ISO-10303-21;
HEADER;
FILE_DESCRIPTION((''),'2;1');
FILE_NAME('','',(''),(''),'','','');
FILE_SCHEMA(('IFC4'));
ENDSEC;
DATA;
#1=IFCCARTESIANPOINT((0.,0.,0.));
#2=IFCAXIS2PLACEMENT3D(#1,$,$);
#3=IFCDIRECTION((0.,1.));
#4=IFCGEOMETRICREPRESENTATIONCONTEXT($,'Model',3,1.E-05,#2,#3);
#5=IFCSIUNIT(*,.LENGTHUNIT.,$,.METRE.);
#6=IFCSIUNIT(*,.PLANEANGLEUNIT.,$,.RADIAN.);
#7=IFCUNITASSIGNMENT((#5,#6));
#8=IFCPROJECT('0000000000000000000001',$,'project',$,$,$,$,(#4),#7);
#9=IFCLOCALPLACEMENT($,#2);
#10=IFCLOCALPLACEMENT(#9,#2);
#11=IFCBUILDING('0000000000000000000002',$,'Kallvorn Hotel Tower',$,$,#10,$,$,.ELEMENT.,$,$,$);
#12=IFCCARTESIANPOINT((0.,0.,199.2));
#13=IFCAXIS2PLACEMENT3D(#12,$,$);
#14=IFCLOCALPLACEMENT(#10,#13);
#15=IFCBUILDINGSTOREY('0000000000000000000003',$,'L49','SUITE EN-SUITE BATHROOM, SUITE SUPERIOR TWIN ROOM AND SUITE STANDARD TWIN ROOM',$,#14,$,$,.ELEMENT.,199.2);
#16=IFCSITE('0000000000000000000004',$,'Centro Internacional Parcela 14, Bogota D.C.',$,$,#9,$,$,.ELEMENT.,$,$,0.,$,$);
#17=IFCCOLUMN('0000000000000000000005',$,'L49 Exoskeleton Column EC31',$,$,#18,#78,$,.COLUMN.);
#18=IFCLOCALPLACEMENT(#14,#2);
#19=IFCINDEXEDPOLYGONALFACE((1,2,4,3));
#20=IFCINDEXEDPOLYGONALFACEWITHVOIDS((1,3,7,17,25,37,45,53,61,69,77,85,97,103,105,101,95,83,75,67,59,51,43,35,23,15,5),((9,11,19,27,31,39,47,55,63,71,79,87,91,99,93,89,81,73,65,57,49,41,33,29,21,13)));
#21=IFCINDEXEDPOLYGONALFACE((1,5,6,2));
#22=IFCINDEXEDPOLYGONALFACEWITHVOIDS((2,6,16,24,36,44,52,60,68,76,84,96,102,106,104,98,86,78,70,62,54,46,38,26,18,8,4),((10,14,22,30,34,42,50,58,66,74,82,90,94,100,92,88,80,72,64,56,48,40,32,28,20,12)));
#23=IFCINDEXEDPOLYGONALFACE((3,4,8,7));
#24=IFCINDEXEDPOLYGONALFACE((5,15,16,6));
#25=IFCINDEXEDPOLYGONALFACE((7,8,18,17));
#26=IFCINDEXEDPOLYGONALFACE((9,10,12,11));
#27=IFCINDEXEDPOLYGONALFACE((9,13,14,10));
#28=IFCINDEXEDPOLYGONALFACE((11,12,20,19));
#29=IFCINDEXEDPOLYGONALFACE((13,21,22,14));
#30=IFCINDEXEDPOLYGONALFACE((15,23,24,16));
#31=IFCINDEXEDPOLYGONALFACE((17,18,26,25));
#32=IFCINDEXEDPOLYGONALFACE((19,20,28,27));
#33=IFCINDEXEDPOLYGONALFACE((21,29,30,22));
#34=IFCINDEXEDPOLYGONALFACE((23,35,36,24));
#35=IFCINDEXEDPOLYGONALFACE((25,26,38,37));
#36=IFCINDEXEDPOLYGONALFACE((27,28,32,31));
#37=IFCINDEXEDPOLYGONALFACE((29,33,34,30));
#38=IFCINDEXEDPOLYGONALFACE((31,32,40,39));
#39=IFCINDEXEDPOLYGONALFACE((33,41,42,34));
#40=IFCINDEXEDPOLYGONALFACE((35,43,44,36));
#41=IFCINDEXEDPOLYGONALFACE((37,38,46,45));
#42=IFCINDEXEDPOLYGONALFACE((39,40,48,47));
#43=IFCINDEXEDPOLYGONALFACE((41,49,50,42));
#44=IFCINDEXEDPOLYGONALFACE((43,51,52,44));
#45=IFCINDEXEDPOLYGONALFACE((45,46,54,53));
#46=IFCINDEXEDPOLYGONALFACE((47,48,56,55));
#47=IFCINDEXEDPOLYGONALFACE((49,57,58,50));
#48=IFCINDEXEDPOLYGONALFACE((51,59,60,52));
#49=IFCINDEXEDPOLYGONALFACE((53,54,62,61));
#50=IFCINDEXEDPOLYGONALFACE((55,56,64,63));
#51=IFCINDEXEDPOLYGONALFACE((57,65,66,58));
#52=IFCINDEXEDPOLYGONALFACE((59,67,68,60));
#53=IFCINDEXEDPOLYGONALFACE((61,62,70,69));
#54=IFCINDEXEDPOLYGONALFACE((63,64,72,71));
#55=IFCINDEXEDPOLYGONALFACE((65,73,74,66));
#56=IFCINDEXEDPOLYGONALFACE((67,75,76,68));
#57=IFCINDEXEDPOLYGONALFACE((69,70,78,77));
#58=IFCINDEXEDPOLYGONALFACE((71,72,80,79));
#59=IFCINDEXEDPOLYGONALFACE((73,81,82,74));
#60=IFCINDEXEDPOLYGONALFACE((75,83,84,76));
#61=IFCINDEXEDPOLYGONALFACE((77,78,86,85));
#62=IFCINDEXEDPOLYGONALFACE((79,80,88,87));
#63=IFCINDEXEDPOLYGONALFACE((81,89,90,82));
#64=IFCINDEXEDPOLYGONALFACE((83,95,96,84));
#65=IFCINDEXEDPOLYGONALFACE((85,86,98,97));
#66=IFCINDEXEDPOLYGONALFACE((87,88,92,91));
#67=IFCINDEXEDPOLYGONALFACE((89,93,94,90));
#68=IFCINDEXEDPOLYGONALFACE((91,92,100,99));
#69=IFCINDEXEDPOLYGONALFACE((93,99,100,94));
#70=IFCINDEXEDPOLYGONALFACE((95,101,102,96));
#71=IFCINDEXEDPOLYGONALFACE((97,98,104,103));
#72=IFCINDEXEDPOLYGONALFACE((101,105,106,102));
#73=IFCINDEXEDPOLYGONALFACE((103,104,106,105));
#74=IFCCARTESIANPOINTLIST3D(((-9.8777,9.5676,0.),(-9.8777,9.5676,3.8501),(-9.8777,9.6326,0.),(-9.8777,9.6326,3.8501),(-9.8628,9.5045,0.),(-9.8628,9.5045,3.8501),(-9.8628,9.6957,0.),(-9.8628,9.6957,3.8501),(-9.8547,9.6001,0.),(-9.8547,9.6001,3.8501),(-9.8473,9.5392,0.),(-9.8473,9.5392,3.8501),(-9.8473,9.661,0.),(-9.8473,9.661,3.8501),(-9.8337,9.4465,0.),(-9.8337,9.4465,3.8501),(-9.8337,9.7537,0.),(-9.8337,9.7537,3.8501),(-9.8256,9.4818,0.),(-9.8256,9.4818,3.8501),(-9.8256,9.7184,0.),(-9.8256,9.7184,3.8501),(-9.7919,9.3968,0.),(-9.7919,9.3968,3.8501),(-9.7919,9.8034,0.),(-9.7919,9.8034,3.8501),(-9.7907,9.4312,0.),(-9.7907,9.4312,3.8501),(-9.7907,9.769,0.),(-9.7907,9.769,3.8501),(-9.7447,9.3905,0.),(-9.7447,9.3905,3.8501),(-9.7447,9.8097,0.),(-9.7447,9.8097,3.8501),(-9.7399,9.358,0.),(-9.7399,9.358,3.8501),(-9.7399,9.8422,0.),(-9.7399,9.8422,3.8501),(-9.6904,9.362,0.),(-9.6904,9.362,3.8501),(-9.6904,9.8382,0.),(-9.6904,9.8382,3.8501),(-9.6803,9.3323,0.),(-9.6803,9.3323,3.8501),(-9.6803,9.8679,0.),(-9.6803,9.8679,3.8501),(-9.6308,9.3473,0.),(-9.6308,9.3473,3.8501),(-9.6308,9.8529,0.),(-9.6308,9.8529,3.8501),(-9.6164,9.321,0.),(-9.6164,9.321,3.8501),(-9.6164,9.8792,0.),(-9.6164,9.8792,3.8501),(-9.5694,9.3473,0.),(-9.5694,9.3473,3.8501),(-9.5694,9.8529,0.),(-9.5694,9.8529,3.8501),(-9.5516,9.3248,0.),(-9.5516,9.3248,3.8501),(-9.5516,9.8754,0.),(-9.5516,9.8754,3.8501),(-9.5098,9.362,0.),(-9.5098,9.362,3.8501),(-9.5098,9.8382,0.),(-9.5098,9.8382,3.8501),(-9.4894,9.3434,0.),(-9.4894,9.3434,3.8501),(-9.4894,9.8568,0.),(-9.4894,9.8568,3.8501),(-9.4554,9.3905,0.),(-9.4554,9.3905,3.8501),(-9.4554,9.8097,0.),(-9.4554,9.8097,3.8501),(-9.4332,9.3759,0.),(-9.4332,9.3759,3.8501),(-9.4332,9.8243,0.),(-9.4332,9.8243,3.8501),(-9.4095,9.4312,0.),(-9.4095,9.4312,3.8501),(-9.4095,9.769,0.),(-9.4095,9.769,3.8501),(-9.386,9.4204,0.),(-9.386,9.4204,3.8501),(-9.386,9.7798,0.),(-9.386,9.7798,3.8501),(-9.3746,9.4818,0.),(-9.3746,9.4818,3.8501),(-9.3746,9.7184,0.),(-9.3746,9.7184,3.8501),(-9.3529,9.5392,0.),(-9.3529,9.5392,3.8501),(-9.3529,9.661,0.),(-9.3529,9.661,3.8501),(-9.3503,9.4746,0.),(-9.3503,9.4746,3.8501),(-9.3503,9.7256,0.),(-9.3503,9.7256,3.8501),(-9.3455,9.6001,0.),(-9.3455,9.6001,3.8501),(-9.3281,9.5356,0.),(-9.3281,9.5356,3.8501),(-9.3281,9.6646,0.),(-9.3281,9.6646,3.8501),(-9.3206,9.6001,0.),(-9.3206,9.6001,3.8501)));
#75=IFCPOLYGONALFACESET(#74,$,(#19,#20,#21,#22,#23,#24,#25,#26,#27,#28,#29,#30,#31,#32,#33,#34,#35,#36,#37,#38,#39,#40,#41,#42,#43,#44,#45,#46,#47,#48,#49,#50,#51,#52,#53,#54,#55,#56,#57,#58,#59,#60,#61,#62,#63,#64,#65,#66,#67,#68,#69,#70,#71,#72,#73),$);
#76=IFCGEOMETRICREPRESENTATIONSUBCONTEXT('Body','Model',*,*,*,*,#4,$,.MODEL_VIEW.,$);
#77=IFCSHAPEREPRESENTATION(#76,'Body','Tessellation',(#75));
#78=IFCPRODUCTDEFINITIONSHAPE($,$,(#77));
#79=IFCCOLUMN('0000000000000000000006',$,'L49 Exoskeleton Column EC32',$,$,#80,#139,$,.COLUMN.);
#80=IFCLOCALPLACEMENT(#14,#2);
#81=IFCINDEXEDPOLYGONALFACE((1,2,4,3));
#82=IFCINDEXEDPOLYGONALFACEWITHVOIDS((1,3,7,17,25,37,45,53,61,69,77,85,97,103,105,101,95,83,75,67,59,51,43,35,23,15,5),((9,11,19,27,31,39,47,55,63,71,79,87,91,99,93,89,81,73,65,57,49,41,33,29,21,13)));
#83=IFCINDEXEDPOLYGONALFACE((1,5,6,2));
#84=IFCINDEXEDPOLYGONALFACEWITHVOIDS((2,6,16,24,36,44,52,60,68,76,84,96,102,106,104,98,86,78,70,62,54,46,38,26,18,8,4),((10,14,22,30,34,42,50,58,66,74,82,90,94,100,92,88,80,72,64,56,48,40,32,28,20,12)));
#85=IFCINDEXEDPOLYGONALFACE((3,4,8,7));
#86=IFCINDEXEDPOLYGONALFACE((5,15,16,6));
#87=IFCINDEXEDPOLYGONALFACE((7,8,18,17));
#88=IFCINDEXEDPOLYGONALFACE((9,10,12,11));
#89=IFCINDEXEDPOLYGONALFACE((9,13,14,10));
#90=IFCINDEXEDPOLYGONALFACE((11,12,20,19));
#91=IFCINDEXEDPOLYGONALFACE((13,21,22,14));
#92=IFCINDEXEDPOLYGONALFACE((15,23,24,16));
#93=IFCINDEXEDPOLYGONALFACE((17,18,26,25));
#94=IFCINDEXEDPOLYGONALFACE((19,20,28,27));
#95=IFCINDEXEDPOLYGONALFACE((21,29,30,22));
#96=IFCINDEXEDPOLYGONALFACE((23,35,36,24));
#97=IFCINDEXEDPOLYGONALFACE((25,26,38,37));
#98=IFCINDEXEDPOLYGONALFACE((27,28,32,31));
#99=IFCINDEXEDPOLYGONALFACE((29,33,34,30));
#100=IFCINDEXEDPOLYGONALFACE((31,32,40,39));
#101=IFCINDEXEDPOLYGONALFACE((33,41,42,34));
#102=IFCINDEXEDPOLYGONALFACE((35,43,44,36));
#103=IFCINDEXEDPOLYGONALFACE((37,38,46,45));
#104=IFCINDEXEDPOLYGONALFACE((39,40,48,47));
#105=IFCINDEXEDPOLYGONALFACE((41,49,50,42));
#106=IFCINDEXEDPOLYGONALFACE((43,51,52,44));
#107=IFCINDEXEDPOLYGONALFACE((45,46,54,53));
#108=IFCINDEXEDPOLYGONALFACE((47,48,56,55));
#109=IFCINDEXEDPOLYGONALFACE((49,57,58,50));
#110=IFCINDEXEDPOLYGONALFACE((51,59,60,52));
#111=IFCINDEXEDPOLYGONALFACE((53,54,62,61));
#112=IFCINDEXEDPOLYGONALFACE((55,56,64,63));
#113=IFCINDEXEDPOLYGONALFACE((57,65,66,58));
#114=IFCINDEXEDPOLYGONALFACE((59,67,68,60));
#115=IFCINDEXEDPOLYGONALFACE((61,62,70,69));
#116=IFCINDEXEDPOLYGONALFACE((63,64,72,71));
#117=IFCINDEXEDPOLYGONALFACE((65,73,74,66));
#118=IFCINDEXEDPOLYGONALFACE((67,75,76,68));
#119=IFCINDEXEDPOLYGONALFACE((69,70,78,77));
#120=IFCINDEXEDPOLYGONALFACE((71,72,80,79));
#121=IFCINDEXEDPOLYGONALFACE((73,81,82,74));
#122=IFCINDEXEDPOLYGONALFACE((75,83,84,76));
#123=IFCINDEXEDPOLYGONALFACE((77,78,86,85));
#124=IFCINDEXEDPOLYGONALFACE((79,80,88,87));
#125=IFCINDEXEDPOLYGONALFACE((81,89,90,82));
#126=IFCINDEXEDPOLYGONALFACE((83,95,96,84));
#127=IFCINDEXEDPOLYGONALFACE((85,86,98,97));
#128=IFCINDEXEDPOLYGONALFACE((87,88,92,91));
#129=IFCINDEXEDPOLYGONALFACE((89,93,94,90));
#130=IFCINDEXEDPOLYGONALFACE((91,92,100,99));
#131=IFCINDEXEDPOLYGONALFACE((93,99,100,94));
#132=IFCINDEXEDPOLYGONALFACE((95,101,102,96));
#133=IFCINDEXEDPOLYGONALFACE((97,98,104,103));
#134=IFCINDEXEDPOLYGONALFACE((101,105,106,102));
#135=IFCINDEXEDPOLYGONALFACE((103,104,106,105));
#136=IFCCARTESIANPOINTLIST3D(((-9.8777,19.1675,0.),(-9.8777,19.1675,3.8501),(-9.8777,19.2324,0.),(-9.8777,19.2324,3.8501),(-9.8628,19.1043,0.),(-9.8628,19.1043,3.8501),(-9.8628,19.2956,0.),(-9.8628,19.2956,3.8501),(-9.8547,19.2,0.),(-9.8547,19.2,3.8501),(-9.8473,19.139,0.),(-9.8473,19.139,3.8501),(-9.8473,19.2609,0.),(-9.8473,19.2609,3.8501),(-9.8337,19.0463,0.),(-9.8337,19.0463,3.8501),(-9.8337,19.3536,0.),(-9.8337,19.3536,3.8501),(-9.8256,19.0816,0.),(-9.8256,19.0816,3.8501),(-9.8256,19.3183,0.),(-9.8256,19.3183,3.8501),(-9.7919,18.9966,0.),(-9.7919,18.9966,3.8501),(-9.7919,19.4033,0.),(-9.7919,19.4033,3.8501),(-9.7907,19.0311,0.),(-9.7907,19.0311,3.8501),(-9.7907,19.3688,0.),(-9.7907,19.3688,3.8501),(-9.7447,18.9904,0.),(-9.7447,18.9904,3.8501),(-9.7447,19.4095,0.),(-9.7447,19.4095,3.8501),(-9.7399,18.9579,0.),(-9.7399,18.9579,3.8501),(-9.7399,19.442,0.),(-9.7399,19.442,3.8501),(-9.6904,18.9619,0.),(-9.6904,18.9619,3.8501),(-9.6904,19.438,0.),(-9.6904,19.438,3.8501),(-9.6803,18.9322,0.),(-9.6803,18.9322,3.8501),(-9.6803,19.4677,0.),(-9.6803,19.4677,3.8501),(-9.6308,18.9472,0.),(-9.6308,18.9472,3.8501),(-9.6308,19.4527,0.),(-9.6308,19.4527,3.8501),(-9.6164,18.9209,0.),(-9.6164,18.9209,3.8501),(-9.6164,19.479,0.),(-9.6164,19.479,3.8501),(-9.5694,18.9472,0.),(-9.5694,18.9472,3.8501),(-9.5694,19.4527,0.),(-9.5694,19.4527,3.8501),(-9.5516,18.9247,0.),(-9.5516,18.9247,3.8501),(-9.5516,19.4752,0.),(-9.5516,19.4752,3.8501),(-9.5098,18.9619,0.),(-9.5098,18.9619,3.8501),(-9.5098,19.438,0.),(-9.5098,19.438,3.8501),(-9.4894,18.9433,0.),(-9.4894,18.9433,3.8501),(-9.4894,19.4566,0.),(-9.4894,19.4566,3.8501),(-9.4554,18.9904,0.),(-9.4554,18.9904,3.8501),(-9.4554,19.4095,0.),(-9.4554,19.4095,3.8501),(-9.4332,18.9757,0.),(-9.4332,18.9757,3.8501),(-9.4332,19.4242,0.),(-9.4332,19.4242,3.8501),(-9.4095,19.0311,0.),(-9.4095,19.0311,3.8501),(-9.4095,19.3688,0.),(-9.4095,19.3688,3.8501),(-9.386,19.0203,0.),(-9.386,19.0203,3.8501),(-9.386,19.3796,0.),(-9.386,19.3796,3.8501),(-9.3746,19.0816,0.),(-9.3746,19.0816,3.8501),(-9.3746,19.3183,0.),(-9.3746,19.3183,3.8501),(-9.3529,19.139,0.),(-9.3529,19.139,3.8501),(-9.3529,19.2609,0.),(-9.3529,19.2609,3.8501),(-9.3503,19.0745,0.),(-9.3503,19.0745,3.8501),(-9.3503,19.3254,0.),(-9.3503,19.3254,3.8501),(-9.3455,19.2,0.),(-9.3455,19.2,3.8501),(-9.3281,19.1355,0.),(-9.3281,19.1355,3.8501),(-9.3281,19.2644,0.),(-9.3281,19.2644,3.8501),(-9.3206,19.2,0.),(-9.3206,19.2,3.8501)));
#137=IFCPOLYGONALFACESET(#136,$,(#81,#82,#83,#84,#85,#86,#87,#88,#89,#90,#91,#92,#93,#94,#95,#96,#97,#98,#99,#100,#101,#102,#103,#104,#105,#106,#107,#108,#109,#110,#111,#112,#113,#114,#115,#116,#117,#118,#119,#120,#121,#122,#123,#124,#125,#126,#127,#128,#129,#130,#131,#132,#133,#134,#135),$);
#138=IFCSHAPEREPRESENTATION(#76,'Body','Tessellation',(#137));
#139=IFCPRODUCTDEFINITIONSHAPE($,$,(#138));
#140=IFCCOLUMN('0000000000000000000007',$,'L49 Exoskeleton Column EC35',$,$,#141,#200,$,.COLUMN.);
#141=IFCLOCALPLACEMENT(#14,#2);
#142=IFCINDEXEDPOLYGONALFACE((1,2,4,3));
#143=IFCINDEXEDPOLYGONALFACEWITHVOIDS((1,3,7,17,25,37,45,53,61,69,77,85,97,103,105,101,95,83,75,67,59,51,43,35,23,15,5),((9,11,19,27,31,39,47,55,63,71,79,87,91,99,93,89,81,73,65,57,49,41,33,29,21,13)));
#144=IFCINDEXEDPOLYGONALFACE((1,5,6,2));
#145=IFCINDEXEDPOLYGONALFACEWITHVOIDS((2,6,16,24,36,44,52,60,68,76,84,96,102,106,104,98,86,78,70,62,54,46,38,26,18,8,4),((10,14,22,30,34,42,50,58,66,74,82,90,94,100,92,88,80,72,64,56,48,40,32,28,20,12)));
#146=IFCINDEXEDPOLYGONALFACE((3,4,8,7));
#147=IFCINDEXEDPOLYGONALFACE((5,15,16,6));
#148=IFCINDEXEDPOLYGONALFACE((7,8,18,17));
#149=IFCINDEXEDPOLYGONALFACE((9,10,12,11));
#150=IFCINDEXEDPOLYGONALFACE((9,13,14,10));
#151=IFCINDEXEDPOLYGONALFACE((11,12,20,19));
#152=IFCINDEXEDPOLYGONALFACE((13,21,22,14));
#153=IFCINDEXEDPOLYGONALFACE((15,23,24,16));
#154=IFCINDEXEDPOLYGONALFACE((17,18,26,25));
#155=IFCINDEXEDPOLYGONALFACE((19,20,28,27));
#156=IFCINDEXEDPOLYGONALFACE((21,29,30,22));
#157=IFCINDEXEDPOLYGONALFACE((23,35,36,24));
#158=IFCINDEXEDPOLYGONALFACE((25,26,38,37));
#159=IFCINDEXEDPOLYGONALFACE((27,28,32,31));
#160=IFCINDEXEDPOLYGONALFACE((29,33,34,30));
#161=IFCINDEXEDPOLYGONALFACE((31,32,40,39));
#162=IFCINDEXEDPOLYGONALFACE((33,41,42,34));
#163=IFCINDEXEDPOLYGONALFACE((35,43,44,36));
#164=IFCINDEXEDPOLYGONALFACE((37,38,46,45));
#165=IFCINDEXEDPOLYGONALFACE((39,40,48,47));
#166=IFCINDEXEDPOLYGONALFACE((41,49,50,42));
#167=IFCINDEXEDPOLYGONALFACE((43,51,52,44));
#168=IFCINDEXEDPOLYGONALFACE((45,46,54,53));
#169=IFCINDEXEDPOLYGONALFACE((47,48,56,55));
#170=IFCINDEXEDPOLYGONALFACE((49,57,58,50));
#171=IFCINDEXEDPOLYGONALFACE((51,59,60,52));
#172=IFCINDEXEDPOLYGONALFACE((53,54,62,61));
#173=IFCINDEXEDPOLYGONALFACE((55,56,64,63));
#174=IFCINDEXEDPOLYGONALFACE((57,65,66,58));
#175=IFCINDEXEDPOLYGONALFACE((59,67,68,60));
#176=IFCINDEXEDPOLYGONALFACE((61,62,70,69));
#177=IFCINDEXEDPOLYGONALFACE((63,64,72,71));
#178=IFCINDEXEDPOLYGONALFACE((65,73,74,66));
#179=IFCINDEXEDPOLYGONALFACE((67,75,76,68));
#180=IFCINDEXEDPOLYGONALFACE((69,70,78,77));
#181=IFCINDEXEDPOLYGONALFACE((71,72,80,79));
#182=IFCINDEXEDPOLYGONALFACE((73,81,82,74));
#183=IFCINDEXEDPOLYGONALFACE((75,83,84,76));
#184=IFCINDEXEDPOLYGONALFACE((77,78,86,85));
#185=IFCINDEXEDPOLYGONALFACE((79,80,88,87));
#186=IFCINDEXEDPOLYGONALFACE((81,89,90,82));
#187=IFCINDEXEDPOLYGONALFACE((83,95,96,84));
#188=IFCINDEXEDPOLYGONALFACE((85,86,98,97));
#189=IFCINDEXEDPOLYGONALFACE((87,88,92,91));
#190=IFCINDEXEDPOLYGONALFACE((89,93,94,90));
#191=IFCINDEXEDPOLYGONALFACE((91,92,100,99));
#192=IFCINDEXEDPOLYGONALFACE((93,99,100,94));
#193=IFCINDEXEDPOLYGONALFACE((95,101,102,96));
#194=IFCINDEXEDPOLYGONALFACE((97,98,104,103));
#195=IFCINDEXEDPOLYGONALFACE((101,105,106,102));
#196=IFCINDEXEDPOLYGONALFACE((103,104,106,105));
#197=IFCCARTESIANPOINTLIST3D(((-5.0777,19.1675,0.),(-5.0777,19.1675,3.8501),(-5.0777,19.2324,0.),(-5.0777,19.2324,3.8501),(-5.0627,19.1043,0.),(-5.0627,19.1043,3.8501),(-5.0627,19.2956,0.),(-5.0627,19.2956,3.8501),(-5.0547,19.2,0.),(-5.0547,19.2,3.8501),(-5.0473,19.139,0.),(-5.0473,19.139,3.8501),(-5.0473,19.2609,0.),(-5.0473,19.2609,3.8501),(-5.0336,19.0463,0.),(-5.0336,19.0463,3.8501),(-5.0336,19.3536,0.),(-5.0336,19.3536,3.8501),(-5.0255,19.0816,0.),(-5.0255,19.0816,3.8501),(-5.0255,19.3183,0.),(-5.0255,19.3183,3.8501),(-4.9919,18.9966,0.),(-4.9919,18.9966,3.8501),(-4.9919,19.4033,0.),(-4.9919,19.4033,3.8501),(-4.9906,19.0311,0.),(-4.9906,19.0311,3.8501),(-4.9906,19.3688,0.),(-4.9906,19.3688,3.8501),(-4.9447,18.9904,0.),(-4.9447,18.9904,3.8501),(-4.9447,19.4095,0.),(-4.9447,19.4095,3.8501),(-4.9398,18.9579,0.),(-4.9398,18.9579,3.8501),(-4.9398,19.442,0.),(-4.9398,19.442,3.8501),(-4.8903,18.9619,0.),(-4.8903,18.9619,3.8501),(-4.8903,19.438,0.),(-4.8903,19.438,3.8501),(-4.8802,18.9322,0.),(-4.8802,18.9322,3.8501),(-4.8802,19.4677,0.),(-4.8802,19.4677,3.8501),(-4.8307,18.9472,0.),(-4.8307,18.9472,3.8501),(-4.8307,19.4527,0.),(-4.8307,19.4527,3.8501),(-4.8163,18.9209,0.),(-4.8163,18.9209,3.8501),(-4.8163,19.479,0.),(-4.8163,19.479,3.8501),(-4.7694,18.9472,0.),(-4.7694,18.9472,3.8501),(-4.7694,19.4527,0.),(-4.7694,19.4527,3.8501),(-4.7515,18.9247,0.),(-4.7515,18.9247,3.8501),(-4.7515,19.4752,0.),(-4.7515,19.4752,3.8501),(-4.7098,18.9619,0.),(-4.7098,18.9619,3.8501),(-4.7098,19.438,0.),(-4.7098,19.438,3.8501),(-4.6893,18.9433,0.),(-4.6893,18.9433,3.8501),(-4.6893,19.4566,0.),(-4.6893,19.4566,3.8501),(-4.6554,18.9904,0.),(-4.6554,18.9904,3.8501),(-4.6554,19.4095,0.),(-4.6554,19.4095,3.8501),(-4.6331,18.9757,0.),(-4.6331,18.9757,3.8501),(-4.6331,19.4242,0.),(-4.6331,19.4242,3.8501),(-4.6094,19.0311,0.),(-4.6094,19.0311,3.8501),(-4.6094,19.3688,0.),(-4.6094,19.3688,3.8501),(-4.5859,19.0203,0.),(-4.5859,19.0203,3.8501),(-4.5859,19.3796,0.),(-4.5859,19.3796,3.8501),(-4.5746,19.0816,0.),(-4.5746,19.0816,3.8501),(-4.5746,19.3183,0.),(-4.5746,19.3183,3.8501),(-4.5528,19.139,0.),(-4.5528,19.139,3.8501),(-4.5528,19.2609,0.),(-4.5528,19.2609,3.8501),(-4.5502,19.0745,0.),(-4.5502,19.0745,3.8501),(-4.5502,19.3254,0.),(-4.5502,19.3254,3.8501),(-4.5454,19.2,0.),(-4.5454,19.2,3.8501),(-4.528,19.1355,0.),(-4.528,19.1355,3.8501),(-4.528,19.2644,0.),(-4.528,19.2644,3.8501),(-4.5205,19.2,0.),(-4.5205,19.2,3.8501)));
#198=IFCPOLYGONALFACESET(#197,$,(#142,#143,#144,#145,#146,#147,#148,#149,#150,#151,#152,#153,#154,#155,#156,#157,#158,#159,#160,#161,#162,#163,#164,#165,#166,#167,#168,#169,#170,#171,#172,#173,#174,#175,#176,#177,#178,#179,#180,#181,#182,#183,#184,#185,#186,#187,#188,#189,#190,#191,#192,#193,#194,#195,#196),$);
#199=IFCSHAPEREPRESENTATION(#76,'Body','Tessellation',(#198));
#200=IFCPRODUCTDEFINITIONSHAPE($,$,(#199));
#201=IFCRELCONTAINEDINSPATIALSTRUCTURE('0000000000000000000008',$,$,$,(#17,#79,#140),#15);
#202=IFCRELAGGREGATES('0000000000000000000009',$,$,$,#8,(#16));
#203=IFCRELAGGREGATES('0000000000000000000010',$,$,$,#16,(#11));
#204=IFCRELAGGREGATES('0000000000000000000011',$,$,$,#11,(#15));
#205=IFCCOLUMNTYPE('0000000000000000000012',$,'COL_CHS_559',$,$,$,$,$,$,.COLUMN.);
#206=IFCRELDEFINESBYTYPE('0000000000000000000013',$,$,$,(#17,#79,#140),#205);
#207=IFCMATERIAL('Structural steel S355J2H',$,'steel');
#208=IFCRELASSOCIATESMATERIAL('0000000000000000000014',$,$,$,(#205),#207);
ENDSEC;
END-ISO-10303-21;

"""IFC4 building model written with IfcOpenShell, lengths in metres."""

from ifc_helpers import new_model, si_unit, direction, frame, origin, origin_2d, place, context, subcontext, project, spatial, hollow_circle, extrude, material, material_profile, profile_set, type_object, element, save


model = new_model("IFC4")

# Units and contexts
model_context = context("Model", 3, precision=1e-05, world=origin(), true_north=direction((0.0, 1.0)))
body_context = subcontext(model_context, "Body", "Model", "MODEL_VIEW")
ifc_project = project(units=[si_unit("LENGTHUNIT", "METRE"), si_unit("PLANEANGLEUNIT", "RADIAN")], contexts=[model_context])

# Site, building, storey
site_placement = place(None, origin())
site = spatial("IfcSite", under=ifc_project, at=site_placement, Name="Centro Internacional Parcela 14, Bogota D.C.", CompositionType="ELEMENT", RefElevation=0.0)
building_placement = place(site_placement, origin())
building = spatial("IfcBuilding", under=site, at=building_placement, Name="Kallvorn Hotel Tower", CompositionType="ELEMENT")
storey_placement = place(building_placement, frame((0.0, 0.0, 199.2)))
storey = spatial("IfcBuildingStorey", under=building, at=storey_placement, Name="L49", Description="SUITE EN-SUITE BATHROOM, SUITE SUPERIOR TWIN ROOM AND SUITE STANDARD TWIN ROOM", CompositionType="ELEMENT", Elevation=199.2)

# Columns
ifc_material_1 = material(Name="Structural steel S355J2H", Category="steel")
ifc_material_profile_1 = material_profile(ifc_material_1, hollow_circle(Radius=0.2795, WallThickness=0.0249, at=origin_2d()), Name="CHS 559x25")
ifc_profile_set_1 = profile_set([ifc_material_profile_1], Name="Structural steel S355J2H")
column_type_1 = type_object("IfcColumnType", Name="COL_CHS_559", PredefinedType="COLUMN", material=ifc_profile_set_1)
for number, where, z_axis, x_axis, name in (
    (1, (-9.6001, 9.6001, 0.0), (0.0, 0.0, 1.0), (1.0, 0.0, 0.0), "L49 Exoskeleton Column EC31"),
    (2, (-9.6001, 19.2, 0.0), (0.0, 0.0, 1.0), (1.0, 0.0, 0.0), "L49 Exoskeleton Column EC32"),
    (3, (-4.8, 19.2, 0.0), (0.0, 0.0, 1.0), (1.0, 0.0, 0.0), "L49 Exoskeleton Column EC35"),
):
    element("IfcColumn", number, at=place(storey_placement, frame(where, z_axis=z_axis, x_axis=x_axis)), inside=storey, type_object=column_type_1, Name=name, PredefinedType="COLUMN", context=body_context, shape_type="SweptSolid", body=[
        extrude(hollow_circle(Radius=0.2795, WallThickness=0.0249, at=origin_2d()), origin(), (0.0, 0.0, 1.0), 3.8501),
    ])

save(model, "model.ifc")
